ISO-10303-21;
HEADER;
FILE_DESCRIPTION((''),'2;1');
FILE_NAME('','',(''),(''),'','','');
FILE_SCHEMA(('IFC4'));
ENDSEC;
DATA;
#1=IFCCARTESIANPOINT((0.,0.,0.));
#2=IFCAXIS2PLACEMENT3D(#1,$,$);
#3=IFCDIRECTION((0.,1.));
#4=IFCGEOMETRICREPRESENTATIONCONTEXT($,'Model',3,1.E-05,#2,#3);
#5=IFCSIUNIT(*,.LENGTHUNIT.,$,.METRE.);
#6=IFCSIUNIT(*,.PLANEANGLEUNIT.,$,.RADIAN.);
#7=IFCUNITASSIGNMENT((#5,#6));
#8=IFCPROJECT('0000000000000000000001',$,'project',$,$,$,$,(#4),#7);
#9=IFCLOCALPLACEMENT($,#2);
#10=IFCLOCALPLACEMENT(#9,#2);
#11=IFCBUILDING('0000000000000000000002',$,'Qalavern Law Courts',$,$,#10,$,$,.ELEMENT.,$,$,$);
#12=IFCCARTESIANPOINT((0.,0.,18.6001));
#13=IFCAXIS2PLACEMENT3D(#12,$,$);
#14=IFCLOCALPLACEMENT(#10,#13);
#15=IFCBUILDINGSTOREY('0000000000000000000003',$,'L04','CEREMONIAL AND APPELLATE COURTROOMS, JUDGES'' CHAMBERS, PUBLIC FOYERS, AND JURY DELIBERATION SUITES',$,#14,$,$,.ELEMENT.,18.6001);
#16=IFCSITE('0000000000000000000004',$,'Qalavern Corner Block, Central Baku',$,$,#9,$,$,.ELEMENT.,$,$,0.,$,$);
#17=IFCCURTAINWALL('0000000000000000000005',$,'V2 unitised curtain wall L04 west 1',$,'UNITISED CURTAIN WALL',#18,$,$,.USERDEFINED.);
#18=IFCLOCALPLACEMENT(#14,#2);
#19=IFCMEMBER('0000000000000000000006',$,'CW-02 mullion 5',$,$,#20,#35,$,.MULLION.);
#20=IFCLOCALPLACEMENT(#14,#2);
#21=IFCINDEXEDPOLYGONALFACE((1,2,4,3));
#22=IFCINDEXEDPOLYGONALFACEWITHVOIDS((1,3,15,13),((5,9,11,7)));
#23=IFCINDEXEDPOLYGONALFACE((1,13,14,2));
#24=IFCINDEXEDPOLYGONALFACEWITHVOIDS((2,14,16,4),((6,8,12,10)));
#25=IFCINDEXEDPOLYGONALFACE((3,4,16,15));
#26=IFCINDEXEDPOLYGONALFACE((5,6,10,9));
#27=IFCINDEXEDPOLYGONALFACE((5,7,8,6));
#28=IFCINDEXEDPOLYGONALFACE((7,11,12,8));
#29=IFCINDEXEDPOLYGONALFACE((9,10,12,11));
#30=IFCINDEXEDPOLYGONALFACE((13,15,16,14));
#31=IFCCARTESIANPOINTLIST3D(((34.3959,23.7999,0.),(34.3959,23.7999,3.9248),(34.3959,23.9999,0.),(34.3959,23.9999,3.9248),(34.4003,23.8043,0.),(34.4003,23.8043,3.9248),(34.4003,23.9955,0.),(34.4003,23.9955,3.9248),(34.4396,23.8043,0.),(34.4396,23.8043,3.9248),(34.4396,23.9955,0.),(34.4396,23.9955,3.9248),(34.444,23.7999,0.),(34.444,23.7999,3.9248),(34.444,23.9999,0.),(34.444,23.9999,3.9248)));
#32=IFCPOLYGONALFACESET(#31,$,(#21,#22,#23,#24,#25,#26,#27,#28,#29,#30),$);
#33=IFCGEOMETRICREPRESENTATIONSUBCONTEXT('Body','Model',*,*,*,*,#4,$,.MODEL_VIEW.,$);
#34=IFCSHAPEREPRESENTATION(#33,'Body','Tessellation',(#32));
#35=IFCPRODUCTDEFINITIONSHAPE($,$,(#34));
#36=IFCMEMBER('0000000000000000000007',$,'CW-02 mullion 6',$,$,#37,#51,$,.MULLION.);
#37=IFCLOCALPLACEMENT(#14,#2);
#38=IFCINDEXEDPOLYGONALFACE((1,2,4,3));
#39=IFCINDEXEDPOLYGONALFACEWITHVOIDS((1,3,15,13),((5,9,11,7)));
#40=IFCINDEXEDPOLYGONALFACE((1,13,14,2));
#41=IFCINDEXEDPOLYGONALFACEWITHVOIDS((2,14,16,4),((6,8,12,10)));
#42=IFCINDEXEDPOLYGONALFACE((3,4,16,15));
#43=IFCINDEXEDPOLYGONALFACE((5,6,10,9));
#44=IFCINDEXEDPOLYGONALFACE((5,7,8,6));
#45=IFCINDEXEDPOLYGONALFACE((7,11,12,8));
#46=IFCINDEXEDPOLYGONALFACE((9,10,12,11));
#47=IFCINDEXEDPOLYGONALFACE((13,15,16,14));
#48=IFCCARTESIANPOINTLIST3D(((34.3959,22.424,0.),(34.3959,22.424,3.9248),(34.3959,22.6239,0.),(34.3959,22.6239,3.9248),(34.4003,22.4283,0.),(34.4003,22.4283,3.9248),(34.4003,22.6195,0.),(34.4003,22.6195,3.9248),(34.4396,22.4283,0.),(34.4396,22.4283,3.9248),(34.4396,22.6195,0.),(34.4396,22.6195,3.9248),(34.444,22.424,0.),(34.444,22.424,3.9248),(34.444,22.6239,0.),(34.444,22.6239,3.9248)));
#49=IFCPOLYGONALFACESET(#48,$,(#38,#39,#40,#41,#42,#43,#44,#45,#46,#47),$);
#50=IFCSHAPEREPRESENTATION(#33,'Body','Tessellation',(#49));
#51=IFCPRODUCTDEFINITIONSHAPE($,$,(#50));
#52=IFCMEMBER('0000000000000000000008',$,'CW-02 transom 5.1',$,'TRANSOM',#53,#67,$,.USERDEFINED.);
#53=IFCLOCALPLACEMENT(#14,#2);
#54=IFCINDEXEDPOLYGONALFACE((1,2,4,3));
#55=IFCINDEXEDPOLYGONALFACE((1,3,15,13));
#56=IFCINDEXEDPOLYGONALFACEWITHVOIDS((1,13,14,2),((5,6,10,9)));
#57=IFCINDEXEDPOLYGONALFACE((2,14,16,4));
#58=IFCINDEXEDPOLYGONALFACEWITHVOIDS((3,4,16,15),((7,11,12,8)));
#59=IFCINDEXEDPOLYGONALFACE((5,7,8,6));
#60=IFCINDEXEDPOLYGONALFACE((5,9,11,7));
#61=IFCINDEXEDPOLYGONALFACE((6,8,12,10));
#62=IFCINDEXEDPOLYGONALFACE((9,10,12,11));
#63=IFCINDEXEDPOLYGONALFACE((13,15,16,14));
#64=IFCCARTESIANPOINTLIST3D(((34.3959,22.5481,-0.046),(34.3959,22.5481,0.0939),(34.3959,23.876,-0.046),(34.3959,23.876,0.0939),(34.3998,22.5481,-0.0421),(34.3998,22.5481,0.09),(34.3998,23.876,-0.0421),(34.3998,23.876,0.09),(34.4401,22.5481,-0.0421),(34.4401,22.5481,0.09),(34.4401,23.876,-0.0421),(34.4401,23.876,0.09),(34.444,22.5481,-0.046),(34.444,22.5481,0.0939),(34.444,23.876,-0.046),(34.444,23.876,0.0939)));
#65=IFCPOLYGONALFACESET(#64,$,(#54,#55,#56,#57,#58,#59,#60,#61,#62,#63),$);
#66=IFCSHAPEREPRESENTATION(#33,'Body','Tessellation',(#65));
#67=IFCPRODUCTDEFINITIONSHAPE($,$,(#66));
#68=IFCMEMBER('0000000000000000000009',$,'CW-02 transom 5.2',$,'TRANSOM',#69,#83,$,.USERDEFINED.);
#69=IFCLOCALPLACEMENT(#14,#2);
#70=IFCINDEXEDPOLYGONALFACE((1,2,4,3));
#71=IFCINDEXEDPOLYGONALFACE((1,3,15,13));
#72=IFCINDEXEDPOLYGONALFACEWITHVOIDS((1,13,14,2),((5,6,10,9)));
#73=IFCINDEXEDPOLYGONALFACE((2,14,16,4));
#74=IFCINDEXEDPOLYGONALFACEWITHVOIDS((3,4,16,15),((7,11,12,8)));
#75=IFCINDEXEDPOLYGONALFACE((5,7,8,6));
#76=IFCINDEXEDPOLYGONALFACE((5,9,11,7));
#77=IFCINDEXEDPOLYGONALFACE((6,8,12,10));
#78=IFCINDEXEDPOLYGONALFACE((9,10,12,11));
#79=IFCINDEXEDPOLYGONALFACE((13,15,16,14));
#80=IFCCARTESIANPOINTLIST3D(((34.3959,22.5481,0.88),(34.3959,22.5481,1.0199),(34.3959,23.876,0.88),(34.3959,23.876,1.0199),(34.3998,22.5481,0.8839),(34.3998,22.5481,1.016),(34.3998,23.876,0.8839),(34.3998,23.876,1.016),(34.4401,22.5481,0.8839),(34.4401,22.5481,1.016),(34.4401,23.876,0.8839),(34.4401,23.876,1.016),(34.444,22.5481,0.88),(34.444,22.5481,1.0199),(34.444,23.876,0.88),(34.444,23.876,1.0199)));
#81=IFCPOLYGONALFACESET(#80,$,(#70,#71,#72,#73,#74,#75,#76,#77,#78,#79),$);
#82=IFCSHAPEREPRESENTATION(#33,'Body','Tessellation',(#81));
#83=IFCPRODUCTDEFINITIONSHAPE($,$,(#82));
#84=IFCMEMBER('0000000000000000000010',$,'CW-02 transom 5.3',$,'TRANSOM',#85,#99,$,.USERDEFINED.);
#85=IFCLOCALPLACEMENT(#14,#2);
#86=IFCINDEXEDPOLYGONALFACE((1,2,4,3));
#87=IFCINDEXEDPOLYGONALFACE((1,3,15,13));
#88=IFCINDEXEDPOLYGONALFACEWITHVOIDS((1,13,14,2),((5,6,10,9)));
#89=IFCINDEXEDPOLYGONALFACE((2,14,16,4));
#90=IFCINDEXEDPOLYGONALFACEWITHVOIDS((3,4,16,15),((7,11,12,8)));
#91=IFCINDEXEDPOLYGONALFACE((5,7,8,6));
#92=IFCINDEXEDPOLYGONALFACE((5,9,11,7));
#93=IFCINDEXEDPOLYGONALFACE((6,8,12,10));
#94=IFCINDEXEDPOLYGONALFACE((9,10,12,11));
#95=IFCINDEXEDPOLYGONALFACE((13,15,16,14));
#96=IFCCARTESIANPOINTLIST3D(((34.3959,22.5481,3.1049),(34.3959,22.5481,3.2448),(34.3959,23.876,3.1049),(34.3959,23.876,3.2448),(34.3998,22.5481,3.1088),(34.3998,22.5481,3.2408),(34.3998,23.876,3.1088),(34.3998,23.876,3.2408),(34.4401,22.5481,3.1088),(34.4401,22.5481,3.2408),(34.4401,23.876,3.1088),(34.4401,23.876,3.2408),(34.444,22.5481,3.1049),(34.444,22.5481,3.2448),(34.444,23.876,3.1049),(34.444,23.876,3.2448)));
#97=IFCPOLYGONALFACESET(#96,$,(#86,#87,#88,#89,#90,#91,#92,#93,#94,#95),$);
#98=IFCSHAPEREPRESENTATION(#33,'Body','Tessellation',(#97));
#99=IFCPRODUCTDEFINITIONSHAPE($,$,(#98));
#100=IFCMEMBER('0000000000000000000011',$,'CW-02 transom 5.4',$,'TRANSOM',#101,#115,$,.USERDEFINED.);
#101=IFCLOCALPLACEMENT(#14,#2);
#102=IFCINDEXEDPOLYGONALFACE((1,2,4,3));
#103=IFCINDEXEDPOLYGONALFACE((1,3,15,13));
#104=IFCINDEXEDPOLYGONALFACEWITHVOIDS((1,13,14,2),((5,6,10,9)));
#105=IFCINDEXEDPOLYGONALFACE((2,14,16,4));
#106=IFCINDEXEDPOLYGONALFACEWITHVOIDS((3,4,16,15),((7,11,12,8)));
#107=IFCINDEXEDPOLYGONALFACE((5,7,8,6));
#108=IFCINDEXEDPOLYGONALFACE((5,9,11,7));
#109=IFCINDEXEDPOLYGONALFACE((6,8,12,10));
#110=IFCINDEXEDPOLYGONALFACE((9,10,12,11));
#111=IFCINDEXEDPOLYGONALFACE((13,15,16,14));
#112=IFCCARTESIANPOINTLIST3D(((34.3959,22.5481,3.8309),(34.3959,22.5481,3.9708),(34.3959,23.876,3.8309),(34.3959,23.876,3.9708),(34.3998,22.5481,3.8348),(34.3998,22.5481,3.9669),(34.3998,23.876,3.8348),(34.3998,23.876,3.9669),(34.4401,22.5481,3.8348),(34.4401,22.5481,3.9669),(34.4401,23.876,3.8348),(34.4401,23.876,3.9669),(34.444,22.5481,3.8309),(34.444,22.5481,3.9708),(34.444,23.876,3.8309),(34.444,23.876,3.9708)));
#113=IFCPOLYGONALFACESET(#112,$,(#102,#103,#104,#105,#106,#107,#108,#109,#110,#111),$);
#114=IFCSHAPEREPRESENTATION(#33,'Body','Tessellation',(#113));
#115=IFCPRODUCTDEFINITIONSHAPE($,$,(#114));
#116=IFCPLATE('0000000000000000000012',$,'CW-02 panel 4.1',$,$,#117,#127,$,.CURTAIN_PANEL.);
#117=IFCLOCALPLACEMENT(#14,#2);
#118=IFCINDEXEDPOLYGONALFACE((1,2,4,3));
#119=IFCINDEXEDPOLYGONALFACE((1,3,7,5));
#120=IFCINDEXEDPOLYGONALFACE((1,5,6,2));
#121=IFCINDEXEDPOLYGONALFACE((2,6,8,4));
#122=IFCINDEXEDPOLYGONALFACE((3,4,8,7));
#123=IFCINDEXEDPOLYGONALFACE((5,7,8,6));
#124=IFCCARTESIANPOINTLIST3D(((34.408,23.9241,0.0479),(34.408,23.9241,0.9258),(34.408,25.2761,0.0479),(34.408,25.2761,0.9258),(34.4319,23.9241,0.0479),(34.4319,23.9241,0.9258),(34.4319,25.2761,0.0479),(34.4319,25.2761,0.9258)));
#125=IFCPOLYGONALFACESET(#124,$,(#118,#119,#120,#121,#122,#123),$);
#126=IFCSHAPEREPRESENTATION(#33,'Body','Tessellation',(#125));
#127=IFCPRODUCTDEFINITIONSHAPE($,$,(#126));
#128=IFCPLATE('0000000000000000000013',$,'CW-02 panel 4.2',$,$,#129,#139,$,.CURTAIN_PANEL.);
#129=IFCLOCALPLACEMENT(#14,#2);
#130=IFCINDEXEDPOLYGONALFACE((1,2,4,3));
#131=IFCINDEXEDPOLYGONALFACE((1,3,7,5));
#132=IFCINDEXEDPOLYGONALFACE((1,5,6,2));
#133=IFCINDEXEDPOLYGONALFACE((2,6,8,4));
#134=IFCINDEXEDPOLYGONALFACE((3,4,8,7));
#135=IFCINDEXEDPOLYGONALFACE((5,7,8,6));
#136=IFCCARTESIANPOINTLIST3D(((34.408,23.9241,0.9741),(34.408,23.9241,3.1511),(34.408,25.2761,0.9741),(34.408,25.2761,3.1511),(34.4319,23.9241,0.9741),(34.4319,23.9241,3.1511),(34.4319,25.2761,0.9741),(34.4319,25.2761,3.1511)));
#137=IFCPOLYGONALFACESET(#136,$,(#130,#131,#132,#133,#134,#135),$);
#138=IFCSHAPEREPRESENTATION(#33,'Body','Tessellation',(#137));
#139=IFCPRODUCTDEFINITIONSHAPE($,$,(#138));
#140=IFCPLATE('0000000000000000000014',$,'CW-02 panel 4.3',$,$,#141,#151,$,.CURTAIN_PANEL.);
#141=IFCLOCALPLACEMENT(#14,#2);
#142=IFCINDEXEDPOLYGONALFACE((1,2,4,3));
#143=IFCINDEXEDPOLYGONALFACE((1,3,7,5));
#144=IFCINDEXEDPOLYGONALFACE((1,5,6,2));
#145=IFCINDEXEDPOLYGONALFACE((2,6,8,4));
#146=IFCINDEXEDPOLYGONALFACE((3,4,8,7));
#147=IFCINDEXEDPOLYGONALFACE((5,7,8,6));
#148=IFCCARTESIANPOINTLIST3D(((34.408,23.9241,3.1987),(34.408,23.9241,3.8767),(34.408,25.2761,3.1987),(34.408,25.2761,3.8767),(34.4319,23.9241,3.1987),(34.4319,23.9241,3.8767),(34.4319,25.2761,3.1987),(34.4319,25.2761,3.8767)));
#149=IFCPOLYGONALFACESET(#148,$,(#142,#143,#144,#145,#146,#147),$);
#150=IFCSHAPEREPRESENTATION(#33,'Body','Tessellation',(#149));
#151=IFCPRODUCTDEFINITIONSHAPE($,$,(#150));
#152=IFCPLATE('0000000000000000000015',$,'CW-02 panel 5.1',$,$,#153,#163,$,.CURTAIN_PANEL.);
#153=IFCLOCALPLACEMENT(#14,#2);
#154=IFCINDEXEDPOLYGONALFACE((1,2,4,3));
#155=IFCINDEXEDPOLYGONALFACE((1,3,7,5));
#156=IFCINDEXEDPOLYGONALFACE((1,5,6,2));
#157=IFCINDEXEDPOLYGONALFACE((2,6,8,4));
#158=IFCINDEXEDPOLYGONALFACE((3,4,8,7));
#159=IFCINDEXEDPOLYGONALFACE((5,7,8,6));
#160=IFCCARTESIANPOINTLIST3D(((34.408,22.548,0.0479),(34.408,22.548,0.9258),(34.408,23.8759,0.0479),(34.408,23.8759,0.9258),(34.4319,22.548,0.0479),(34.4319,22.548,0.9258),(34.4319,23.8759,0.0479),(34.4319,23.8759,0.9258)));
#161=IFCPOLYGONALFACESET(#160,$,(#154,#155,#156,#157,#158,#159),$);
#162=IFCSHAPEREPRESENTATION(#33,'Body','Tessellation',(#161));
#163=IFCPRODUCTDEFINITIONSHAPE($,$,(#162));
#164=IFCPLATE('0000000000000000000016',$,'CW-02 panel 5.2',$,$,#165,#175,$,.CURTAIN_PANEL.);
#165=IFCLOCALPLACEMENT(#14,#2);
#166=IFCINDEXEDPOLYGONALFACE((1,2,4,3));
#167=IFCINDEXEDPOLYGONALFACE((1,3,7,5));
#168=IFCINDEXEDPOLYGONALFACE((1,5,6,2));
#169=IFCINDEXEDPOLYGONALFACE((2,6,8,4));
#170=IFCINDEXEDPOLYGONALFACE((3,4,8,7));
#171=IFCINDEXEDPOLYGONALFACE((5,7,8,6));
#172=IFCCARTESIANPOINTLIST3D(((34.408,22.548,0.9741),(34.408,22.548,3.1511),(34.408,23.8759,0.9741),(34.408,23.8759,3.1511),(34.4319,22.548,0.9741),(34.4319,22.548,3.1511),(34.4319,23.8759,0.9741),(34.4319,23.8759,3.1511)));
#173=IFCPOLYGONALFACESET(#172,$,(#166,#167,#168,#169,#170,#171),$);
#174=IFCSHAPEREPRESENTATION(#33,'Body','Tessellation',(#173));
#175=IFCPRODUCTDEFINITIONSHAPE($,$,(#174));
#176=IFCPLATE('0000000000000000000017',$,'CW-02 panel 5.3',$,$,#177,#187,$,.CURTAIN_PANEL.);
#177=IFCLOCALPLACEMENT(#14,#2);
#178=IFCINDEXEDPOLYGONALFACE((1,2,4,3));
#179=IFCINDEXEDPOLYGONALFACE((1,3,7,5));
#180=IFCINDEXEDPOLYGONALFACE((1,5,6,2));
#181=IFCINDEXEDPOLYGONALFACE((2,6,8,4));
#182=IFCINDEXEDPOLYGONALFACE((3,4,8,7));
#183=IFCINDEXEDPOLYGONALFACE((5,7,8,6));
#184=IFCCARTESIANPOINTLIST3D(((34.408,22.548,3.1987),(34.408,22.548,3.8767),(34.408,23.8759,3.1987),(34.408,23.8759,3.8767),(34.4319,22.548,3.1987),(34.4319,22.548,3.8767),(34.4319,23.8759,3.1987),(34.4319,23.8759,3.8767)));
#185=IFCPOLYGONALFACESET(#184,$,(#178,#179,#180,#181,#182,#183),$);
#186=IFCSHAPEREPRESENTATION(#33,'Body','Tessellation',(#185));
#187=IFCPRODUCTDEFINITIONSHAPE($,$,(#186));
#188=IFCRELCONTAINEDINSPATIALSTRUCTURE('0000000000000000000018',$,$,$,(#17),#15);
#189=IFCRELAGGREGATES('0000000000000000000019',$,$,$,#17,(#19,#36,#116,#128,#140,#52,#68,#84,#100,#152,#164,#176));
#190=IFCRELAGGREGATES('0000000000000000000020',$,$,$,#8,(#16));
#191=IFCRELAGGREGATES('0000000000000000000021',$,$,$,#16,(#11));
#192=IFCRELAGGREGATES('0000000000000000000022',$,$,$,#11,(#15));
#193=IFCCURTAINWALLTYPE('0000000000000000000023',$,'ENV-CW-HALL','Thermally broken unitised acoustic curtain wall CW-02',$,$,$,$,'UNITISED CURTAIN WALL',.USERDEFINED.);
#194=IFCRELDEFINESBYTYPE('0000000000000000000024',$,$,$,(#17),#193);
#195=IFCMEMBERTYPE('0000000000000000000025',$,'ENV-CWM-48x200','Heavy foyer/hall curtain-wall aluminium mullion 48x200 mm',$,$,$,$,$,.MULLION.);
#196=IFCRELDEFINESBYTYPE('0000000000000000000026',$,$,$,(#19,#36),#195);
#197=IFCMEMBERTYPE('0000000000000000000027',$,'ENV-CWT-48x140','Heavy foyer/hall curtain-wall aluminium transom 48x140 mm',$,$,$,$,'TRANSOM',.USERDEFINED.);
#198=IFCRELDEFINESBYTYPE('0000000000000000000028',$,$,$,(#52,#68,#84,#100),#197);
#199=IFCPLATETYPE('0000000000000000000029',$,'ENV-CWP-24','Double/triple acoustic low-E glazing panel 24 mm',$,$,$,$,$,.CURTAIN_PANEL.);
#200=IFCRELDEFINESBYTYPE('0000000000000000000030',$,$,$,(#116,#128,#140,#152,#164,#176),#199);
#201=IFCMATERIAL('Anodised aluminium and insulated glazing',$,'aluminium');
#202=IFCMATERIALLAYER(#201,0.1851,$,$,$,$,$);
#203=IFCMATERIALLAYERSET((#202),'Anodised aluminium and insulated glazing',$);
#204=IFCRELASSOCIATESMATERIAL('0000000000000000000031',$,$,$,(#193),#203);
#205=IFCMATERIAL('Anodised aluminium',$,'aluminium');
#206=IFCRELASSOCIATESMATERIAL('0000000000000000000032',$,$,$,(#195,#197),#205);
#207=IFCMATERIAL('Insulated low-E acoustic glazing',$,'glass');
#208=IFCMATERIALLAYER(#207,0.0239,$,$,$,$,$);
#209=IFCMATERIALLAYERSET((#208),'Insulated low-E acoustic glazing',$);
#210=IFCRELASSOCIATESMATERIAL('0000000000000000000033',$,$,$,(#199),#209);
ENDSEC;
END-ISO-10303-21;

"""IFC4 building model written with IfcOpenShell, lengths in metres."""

from ifc_helpers import new_model, si_unit, direction, frame, origin, origin_2d, place, context, subcontext, project, spatial, rectangle, hollow_rectangle, extrude, material, layer, layer_set, material_profile, profile_set, type_object, element, aggregate, save


model = new_model("IFC4")

# Units and contexts
model_context = context("Model", 3, precision=1e-05, world=origin(), true_north=direction((0.0, 1.0)))
body_context = subcontext(model_context, "Body", "Model", "MODEL_VIEW")
ifc_project = project(units=[si_unit("LENGTHUNIT", "METRE"), si_unit("PLANEANGLEUNIT", "RADIAN")], contexts=[model_context])

# Site, building, storey
site_placement = place(None, origin())
site = spatial("IfcSite", under=ifc_project, at=site_placement, Name="Qalavern Corner Block, Central Baku", CompositionType="ELEMENT", RefElevation=0.0)
building_placement = place(site_placement, origin())
building = spatial("IfcBuilding", under=site, at=building_placement, Name="Qalavern Law Courts", CompositionType="ELEMENT")
storey_placement = place(building_placement, frame((0.0, 0.0, 18.6001)))
storey = spatial("IfcBuildingStorey", under=building, at=storey_placement, Name="L04", Description="CEREMONIAL AND APPELLATE COURTROOMS, JUDGES' CHAMBERS, PUBLIC FOYERS, AND JURY DELIBERATION SUITES", CompositionType="ELEMENT", Elevation=18.6001)

# Curtain wall, members, plates
ifc_material_1 = material(Name="Anodised aluminium and insulated glazing", Category="aluminium")
ifc_layer_1 = layer(ifc_material_1, 0.1851)
ifc_layer_set_1 = layer_set([ifc_layer_1], Name="Anodised aluminium and insulated glazing")
curtain_wall_type = type_object("IfcCurtainWallType", Name="ENV-CW-HALL", Description="Thermally broken unitised acoustic curtain wall CW-02", ElementType="UNITISED CURTAIN WALL", PredefinedType="USERDEFINED", material=ifc_layer_set_1)
curtain_wall_placement = place(storey_placement, origin())
curtain_wall = element("IfcCurtainWall", 1, at=curtain_wall_placement, inside=storey, type_object=curtain_wall_type, Name="V2 unitised curtain wall L04 west 1", ObjectType="UNITISED CURTAIN WALL", PredefinedType="USERDEFINED")
ifc_material_2 = material(Name="Anodised aluminium", Category="aluminium")
ifc_material_profile_1 = material_profile(ifc_material_2, hollow_rectangle(XDim=0.0481, YDim=0.2, WallThickness=0.0044, at=origin_2d()), Name="ALU MULLION 48x200")
ifc_profile_set_1 = profile_set([ifc_material_profile_1], Name="Anodised aluminium")
member_type_1 = type_object("IfcMemberType", Name="ENV-CWM-48x200", Description="Heavy foyer/hall curtain-wall aluminium mullion 48x200 mm", PredefinedType="MULLION", material=ifc_profile_set_1)
member_1_placement = place(storey_placement, frame((34.4199, 23.8999, 0.0), z_axis=(0.0, 0.0, 1.0), x_axis=(1.0, 0.0, 0.0)))
member_1 = element("IfcMember", 2, at=member_1_placement, type_object=member_type_1, Name="CW-02 mullion 5", PredefinedType="MULLION", context=body_context, shape_type="SweptSolid", body=[
    extrude(hollow_rectangle(XDim=0.0481, YDim=0.2, WallThickness=0.0044, at=origin_2d()), origin(), (0.0, 0.0, 1.0), 3.9248),
])
member_2_placement = place(storey_placement, frame((34.4199, 22.5239, 0.0), z_axis=(0.0, 0.0, 1.0), x_axis=(1.0, 0.0, 0.0)))
member_2 = element("IfcMember", 3, at=member_2_placement, type_object=member_type_1, Name="CW-02 mullion 6", PredefinedType="MULLION", context=body_context, shape_type="SweptSolid", body=[
    extrude(hollow_rectangle(XDim=0.0481, YDim=0.2, WallThickness=0.0044, at=origin_2d()), origin(), (0.0, 0.0, 1.0), 3.9248),
])
ifc_material_profile_2 = material_profile(ifc_material_2, hollow_rectangle(XDim=0.0481, YDim=0.1399, WallThickness=0.0039, at=origin_2d()), Name="ALU TRANSOM 48x140")
ifc_profile_set_2 = profile_set([ifc_material_profile_2], Name="Anodised aluminium")
member_type_2 = type_object("IfcMemberType", Name="ENV-CWT-48x140", Description="Heavy foyer/hall curtain-wall aluminium transom 48x140 mm", ElementType="TRANSOM", PredefinedType="USERDEFINED", material=ifc_profile_set_2)
member_3_placement = place(storey_placement, frame((34.4199, 23.876, 0.0239), z_axis=(0.0, -1.0, 0.0), x_axis=(1.0, 0.0, 0.0)))
member_3 = element("IfcMember", 4, at=member_3_placement, type_object=member_type_2, Name="CW-02 transom 5.1", ObjectType="TRANSOM", PredefinedType="USERDEFINED", context=body_context, shape_type="SweptSolid", body=[
    extrude(hollow_rectangle(XDim=0.0481, YDim=0.1399, WallThickness=0.0039, at=origin_2d()), origin(), (0.0, 0.0, 1.0), 1.3279),
])
member_4_placement = place(storey_placement, frame((34.4199, 23.876, 0.95), z_axis=(0.0, -1.0, 0.0), x_axis=(1.0, 0.0, 0.0)))
member_4 = element("IfcMember", 5, at=member_4_placement, type_object=member_type_2, Name="CW-02 transom 5.2", ObjectType="TRANSOM", PredefinedType="USERDEFINED", context=body_context, shape_type="SweptSolid", body=[
    extrude(hollow_rectangle(XDim=0.0481, YDim=0.1399, WallThickness=0.0039, at=origin_2d()), origin(), (0.0, 0.0, 1.0), 1.3279),
])
member_5_placement = place(storey_placement, frame((34.4199, 23.876, 3.1748), z_axis=(0.0, -1.0, 0.0), x_axis=(1.0, 0.0, 0.0)))
member_5 = element("IfcMember", 6, at=member_5_placement, type_object=member_type_2, Name="CW-02 transom 5.3", ObjectType="TRANSOM", PredefinedType="USERDEFINED", context=body_context, shape_type="SweptSolid", body=[
    extrude(hollow_rectangle(XDim=0.0481, YDim=0.1399, WallThickness=0.0039, at=origin_2d()), origin(), (0.0, 0.0, 1.0), 1.3279),
])
member_6_placement = place(storey_placement, frame((34.4199, 23.876, 3.9009), z_axis=(0.0, -1.0, 0.0), x_axis=(1.0, 0.0, 0.0)))
member_6 = element("IfcMember", 7, at=member_6_placement, type_object=member_type_2, Name="CW-02 transom 5.4", ObjectType="TRANSOM", PredefinedType="USERDEFINED", context=body_context, shape_type="SweptSolid", body=[
    extrude(hollow_rectangle(XDim=0.0481, YDim=0.1399, WallThickness=0.0039, at=origin_2d()), origin(), (0.0, 0.0, 1.0), 1.3279),
])
ifc_material_3 = material(Name="Insulated low-E acoustic glazing", Category="glass")
ifc_layer_2 = layer(ifc_material_3, 0.0239)
ifc_layer_set_2 = layer_set([ifc_layer_2], Name="Insulated low-E acoustic glazing")
plate_type = type_object("IfcPlateType", Name="ENV-CWP-24", Description="Double/triple acoustic low-E glazing panel 24 mm", PredefinedType="CURTAIN_PANEL", material=ifc_layer_set_2)
plate_1_placement = place(storey_placement, frame((34.4199, 24.6001, 0.0479), z_axis=(0.0, 0.0, 1.0), x_axis=(0.0, -1.0, 0.0)))
plate_1 = element("IfcPlate", 8, at=plate_1_placement, type_object=plate_type, Name="CW-02 panel 4.1", PredefinedType="CURTAIN_PANEL", context=body_context, shape_type="SweptSolid", body=[
    extrude(rectangle(XDim=1.3521, YDim=0.0239, at=origin_2d()), origin(), (0.0, 0.0, 1.0), 0.8779),
])
plate_2_placement = place(storey_placement, frame((34.4199, 24.6001, 0.9741), z_axis=(0.0, 0.0, 1.0), x_axis=(0.0, -1.0, 0.0)))
plate_2 = element("IfcPlate", 9, at=plate_2_placement, type_object=plate_type, Name="CW-02 panel 4.2", PredefinedType="CURTAIN_PANEL", context=body_context, shape_type="SweptSolid", body=[
    extrude(rectangle(XDim=1.3521, YDim=0.0239, at=origin_2d()), origin(), (0.0, 0.0, 1.0), 2.177),
])
plate_3_placement = place(storey_placement, frame((34.4199, 24.6001, 3.1987), z_axis=(0.0, 0.0, 1.0), x_axis=(0.0, -1.0, 0.0)))
plate_3 = element("IfcPlate", 10, at=plate_3_placement, type_object=plate_type, Name="CW-02 panel 4.3", PredefinedType="CURTAIN_PANEL", context=body_context, shape_type="SweptSolid", body=[
    extrude(rectangle(XDim=1.3521, YDim=0.0239, at=origin_2d()), origin(), (0.0, 0.0, 1.0), 0.678),
])
plate_4_placement = place(storey_placement, frame((34.4199, 23.2119, 0.0479), z_axis=(0.0, 0.0, 1.0), x_axis=(0.0, -1.0, 0.0)))
plate_4 = element("IfcPlate", 11, at=plate_4_placement, type_object=plate_type, Name="CW-02 panel 5.1", PredefinedType="CURTAIN_PANEL", context=body_context, shape_type="SweptSolid", body=[
    extrude(rectangle(XDim=1.3279, YDim=0.0239, at=origin_2d()), origin(), (0.0, 0.0, 1.0), 0.8779),
])
plate_5_placement = place(storey_placement, frame((34.4199, 23.2119, 0.9741), z_axis=(0.0, 0.0, 1.0), x_axis=(0.0, -1.0, 0.0)))
plate_5 = element("IfcPlate", 12, at=plate_5_placement, type_object=plate_type, Name="CW-02 panel 5.2", PredefinedType="CURTAIN_PANEL", context=body_context, shape_type="SweptSolid", body=[
    extrude(rectangle(XDim=1.3279, YDim=0.0239, at=origin_2d()), origin(), (0.0, 0.0, 1.0), 2.177),
])
plate_6_placement = place(storey_placement, frame((34.4199, 23.2119, 3.1987), z_axis=(0.0, 0.0, 1.0), x_axis=(0.0, -1.0, 0.0)))
plate_6 = element("IfcPlate", 13, at=plate_6_placement, type_object=plate_type, Name="CW-02 panel 5.3", PredefinedType="CURTAIN_PANEL", context=body_context, shape_type="SweptSolid", body=[
    extrude(rectangle(XDim=1.3279, YDim=0.0239, at=origin_2d()), origin(), (0.0, 0.0, 1.0), 0.678),
])
aggregate(curtain_wall, [member_1, member_2, plate_1, plate_2, plate_3, member_3, member_4, member_5, member_6, plate_4, plate_5, plate_6])

save(model, "model.ifc")
